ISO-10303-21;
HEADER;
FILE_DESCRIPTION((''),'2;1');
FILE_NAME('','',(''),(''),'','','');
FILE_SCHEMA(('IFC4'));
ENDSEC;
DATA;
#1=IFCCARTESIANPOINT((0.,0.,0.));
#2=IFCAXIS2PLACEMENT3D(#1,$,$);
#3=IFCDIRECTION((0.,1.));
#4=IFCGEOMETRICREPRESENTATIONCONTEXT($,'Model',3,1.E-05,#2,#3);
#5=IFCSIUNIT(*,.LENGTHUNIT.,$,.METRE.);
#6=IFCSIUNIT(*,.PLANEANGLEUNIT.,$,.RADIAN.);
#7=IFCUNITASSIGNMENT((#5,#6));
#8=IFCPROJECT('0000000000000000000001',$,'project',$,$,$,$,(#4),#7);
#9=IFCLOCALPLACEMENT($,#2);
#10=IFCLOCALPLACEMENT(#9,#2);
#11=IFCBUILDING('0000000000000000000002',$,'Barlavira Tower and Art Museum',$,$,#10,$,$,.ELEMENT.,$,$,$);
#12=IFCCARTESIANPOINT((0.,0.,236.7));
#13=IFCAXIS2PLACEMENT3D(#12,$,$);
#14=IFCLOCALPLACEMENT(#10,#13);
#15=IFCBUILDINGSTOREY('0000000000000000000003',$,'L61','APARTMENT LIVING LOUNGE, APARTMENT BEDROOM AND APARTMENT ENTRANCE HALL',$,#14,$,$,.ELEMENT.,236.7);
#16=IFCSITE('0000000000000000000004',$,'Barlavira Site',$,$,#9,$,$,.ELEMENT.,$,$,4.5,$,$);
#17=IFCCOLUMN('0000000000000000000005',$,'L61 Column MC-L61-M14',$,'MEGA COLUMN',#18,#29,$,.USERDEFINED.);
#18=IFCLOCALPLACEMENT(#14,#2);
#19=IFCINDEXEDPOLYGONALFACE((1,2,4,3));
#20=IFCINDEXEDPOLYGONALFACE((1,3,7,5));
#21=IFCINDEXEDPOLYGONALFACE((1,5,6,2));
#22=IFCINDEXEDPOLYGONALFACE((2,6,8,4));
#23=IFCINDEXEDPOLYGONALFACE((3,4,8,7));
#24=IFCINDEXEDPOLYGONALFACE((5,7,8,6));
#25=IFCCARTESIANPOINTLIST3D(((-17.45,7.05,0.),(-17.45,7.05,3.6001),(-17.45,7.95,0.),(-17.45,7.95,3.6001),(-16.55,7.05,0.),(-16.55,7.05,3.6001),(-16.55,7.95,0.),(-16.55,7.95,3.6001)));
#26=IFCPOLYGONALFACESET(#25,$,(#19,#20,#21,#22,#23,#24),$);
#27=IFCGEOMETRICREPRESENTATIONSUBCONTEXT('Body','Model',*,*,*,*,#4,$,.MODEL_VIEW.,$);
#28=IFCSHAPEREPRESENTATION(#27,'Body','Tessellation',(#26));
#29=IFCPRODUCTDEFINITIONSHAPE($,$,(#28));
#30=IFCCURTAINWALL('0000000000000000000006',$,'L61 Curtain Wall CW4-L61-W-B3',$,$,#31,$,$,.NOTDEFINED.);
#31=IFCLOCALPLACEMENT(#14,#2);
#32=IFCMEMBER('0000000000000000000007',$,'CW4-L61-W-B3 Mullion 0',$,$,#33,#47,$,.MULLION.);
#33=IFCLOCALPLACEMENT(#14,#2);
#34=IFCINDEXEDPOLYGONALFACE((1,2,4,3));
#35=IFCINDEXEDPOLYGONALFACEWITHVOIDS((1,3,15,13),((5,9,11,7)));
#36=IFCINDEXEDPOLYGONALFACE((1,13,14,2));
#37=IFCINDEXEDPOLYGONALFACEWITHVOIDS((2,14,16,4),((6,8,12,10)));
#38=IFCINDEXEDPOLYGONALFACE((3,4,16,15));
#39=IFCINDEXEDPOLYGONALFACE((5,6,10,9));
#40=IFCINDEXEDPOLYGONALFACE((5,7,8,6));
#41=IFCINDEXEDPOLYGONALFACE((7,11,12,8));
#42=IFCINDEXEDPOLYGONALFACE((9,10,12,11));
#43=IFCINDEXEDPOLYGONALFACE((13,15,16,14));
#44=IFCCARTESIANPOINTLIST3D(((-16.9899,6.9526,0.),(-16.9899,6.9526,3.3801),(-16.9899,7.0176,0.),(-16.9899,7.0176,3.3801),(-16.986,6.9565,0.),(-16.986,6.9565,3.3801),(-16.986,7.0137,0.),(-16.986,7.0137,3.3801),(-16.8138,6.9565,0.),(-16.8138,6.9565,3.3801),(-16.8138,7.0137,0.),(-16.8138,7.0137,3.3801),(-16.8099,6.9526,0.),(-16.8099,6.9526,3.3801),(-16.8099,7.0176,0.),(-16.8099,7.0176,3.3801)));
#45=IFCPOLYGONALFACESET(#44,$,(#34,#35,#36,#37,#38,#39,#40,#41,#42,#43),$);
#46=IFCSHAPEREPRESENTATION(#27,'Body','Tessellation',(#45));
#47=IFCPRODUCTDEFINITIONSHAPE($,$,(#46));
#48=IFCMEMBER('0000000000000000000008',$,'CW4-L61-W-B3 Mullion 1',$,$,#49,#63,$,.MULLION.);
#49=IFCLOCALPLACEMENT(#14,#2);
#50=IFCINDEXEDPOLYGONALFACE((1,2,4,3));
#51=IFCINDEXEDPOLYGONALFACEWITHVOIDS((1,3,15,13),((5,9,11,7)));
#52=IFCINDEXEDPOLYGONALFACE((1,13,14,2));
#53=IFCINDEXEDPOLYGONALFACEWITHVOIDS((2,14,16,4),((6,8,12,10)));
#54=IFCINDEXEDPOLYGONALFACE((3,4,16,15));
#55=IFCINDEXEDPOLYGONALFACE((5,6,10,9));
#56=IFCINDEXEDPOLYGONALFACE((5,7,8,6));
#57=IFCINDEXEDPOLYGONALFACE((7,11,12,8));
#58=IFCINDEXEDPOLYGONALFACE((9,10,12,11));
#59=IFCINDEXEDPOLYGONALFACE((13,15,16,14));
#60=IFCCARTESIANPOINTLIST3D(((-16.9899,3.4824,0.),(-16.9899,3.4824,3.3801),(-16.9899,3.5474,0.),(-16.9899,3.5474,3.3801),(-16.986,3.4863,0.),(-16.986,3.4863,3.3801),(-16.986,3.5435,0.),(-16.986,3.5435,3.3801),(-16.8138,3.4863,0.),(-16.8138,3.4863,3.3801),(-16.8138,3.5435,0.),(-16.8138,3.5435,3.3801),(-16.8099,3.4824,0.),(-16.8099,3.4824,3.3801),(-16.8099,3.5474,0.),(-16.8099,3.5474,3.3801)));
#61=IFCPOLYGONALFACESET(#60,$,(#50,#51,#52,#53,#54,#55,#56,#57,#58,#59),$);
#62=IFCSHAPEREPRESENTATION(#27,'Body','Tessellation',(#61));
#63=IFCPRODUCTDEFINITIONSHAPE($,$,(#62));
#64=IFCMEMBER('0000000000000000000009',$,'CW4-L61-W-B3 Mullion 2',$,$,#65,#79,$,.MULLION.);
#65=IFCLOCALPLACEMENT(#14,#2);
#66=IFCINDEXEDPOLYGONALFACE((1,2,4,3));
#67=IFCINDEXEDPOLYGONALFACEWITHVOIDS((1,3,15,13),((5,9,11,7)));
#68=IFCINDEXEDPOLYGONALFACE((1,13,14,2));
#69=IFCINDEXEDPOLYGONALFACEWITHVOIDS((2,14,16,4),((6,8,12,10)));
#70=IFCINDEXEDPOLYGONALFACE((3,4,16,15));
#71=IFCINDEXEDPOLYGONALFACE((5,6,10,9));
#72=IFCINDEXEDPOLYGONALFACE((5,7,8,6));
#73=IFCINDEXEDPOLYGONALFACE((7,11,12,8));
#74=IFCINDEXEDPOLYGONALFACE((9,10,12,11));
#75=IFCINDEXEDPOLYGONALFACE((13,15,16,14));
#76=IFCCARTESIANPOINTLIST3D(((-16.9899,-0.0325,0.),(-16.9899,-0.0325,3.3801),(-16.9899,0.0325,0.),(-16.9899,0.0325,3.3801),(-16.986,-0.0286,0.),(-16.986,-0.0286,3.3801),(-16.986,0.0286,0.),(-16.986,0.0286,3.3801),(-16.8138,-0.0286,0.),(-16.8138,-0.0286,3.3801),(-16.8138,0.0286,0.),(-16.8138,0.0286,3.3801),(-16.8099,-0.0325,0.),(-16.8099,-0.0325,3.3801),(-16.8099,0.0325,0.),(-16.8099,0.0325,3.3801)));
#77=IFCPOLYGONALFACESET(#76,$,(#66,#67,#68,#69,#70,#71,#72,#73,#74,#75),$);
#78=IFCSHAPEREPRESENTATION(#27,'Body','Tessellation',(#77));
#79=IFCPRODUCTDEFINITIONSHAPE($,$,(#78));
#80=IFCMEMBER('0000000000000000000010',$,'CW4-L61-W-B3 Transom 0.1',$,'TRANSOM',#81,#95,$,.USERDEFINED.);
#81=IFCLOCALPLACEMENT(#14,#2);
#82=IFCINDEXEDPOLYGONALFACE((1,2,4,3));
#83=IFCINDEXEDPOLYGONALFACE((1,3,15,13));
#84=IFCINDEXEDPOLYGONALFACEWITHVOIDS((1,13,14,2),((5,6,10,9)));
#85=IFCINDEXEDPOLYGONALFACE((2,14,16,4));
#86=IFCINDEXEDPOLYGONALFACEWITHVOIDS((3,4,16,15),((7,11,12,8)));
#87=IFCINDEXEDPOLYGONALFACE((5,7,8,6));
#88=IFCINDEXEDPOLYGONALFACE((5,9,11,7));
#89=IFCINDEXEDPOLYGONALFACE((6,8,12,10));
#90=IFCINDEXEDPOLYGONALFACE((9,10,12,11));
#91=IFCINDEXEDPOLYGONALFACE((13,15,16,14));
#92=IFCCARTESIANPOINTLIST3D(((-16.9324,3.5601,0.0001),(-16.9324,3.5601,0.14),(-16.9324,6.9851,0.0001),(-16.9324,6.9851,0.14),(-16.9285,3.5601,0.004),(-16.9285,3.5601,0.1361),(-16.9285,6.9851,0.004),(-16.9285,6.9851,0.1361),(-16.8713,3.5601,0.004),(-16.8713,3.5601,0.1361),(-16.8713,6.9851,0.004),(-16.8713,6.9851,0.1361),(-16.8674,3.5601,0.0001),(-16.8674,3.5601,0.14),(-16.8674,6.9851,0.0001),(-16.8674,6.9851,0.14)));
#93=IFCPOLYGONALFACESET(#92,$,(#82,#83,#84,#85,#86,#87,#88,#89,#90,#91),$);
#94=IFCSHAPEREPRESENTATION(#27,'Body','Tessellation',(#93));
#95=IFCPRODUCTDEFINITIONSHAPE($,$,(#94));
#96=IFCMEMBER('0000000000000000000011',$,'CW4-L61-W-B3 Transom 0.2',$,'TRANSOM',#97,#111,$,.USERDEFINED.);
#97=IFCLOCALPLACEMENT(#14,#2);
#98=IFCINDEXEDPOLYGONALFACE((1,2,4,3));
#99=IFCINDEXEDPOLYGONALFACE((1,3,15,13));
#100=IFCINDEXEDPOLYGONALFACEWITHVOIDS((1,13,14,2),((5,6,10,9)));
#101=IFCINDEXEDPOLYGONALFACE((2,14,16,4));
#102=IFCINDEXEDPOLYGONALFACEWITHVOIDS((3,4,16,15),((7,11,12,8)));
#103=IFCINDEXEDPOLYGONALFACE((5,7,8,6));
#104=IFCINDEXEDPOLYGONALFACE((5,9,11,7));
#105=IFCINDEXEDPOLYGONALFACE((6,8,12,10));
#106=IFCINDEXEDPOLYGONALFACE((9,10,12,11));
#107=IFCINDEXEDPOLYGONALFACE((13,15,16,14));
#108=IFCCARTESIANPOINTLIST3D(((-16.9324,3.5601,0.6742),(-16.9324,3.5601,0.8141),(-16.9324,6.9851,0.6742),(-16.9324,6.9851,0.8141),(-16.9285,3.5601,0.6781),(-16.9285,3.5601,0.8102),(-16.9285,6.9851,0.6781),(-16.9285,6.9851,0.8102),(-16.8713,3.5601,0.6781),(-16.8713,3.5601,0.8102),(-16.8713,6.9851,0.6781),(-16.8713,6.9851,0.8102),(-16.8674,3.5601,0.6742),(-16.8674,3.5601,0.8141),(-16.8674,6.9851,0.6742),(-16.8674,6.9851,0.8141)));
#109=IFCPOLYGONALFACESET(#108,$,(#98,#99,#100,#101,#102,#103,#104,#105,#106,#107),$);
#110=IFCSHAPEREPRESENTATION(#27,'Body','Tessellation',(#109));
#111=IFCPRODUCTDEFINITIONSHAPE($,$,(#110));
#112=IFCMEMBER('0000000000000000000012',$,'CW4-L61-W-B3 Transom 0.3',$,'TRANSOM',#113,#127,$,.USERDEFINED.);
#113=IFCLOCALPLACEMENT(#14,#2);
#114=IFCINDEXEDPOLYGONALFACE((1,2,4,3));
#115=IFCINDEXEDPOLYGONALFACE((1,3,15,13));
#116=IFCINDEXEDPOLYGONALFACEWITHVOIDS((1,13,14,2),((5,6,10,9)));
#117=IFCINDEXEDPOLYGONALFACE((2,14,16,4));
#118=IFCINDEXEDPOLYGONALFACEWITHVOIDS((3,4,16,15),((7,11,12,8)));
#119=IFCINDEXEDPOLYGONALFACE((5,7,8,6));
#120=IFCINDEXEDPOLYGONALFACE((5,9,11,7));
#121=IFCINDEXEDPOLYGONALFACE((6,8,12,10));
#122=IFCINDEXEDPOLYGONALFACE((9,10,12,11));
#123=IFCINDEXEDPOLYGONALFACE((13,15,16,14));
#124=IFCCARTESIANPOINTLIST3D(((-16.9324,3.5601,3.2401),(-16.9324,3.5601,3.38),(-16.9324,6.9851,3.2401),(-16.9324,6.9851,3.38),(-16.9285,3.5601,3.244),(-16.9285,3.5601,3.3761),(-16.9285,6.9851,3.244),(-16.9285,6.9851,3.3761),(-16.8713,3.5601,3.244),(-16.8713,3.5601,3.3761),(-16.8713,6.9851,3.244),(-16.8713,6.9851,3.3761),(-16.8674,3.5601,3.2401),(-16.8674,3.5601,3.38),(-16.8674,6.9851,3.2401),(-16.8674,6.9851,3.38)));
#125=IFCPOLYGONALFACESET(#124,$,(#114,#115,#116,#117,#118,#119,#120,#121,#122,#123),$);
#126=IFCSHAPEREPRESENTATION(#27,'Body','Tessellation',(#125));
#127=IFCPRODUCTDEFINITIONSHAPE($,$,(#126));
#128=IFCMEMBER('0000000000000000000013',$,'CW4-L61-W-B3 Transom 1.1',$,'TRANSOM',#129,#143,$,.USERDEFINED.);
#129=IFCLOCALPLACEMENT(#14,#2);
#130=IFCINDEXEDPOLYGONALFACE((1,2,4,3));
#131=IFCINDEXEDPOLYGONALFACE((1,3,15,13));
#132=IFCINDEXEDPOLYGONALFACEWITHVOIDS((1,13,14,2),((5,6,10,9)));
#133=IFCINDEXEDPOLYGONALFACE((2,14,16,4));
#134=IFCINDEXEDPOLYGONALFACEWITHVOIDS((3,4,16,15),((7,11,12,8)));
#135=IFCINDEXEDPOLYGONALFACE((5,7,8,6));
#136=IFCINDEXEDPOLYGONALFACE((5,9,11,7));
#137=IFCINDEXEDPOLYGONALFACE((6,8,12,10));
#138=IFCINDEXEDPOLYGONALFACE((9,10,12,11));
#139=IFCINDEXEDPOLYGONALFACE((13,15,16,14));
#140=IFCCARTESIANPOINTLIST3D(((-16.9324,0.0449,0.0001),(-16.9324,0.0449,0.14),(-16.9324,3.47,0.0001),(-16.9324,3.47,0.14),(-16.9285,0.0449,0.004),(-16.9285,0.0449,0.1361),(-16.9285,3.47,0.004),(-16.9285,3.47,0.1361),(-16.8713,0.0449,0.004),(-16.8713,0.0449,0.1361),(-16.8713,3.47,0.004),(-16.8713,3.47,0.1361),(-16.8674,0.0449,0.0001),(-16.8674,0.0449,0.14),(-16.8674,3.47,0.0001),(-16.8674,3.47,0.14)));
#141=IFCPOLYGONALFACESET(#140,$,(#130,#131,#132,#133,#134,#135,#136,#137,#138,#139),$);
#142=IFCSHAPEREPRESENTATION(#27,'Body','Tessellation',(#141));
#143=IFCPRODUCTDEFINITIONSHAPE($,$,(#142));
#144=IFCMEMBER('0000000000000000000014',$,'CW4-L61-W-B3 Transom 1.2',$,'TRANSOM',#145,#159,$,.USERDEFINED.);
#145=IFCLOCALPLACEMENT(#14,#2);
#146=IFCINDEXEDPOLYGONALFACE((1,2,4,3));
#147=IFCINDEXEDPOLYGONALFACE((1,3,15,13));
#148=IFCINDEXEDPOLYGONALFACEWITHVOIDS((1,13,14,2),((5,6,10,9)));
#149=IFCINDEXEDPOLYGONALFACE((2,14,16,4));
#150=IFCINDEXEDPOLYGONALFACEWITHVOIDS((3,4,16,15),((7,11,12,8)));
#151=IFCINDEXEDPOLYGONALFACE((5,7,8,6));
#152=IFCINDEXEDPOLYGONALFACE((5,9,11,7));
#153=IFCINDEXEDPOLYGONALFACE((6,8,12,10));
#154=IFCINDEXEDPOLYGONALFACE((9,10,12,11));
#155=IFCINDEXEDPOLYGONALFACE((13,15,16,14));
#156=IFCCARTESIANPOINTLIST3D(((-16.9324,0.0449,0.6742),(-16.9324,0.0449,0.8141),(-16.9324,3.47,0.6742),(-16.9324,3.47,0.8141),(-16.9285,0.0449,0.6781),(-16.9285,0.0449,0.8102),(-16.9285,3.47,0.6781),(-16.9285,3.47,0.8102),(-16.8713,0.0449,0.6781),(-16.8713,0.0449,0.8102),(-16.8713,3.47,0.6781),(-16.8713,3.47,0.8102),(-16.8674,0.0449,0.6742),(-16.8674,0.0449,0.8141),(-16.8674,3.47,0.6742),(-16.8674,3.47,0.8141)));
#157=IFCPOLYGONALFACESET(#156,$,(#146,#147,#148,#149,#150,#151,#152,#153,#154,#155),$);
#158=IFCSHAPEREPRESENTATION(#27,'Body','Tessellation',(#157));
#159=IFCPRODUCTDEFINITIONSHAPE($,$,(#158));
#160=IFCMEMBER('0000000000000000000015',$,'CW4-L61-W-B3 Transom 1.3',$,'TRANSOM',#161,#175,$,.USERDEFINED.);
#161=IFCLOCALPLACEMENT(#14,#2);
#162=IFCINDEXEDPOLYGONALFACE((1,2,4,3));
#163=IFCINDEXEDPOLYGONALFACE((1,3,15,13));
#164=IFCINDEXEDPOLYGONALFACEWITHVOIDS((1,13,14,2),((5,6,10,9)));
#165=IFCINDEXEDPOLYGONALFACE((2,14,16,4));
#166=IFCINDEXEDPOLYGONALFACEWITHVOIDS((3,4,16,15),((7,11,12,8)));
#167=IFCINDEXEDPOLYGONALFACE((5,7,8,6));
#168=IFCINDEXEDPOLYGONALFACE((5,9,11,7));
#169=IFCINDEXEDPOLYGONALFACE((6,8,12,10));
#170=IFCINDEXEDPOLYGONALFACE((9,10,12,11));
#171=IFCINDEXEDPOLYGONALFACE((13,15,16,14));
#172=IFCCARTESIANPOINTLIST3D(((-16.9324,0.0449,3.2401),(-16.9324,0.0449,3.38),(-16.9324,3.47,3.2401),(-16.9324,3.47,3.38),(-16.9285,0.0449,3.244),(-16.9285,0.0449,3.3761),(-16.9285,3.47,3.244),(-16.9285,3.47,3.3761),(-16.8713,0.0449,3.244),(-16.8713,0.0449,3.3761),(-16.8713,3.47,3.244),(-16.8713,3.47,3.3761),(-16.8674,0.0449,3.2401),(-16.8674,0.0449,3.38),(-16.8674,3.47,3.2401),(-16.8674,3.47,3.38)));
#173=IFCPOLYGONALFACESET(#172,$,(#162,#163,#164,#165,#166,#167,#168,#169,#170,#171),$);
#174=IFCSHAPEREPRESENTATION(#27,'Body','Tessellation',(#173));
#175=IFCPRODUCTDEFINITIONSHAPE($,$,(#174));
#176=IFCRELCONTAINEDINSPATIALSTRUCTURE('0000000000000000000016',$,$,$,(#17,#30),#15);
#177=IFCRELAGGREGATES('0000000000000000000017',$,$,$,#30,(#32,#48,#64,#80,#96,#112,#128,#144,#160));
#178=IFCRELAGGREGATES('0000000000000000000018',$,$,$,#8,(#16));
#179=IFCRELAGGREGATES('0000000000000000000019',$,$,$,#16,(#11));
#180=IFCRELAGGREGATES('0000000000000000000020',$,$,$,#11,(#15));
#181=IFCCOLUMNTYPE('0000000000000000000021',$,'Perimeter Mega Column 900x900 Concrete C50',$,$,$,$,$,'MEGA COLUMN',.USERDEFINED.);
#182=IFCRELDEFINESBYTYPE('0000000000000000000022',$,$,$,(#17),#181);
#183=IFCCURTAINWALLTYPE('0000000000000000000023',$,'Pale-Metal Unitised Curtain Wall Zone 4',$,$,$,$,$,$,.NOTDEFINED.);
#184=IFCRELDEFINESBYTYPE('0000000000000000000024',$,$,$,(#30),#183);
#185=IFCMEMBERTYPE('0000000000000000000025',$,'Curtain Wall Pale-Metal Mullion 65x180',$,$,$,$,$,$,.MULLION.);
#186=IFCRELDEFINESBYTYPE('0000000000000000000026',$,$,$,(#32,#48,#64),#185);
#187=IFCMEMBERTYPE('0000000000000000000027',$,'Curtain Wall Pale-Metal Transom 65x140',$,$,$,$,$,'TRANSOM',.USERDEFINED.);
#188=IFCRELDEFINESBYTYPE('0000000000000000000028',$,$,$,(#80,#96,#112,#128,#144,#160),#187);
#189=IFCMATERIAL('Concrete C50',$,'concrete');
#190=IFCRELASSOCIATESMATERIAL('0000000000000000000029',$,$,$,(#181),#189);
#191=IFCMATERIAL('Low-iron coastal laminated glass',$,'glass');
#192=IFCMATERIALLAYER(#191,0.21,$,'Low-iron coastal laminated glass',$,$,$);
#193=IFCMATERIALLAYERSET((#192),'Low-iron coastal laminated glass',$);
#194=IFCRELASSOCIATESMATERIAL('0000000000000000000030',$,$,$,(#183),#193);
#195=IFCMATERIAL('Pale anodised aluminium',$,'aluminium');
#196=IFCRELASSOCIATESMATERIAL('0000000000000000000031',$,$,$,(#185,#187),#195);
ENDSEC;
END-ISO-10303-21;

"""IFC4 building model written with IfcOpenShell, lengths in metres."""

from ifc_helpers import new_model, si_unit, direction, frame, origin, origin_2d, place, context, subcontext, project, spatial, rectangle, hollow_rectangle, extrude, material, layer, layer_set, material_profile, profile_set, type_object, element, aggregate, save


model = new_model("IFC4")

# Units and contexts
model_context = context("Model", 3, precision=1e-05, world=origin(), true_north=direction((0.0, 1.0)))
body_context = subcontext(model_context, "Body", "Model", "MODEL_VIEW")
ifc_project = project(units=[si_unit("LENGTHUNIT", "METRE"), si_unit("PLANEANGLEUNIT", "RADIAN")], contexts=[model_context])

# Site, building, storey
site_placement = place(None, origin())
site = spatial("IfcSite", under=ifc_project, at=site_placement, Name="Barlavira Site", CompositionType="ELEMENT", RefElevation=4.5)
building_placement = place(site_placement, origin())
building = spatial("IfcBuilding", under=site, at=building_placement, Name="Barlavira Tower and Art Museum", CompositionType="ELEMENT")
storey_placement = place(building_placement, frame((0.0, 0.0, 236.7)))
storey = spatial("IfcBuildingStorey", under=building, at=storey_placement, Name="L61", Description="APARTMENT LIVING LOUNGE, APARTMENT BEDROOM AND APARTMENT ENTRANCE HALL", CompositionType="ELEMENT", Elevation=236.7)

# Column
ifc_material_1 = material(Name="Concrete C50", Category="concrete")
ifc_material_profile_1 = material_profile(ifc_material_1, rectangle(XDim=0.8999, YDim=0.8999, at=origin_2d()), Name="RC-COL 900x900")
ifc_profile_set_1 = profile_set([ifc_material_profile_1], Name="Concrete C50")
column_type = type_object("IfcColumnType", Name="Perimeter Mega Column 900x900 Concrete C50", ElementType="MEGA COLUMN", PredefinedType="USERDEFINED", material=ifc_profile_set_1)
column_placement = place(storey_placement, frame((-17.0, 7.5, 0.0), z_axis=(0.0, 0.0, 1.0), x_axis=(1.0, 0.0, 0.0)))
element("IfcColumn", 1, at=column_placement, inside=storey, type_object=column_type, Name="L61 Column MC-L61-M14", ObjectType="MEGA COLUMN", PredefinedType="USERDEFINED", context=body_context, shape_type="SweptSolid", body=[
    extrude(rectangle(XDim=0.8999, YDim=0.8999, at=origin_2d()), origin(), (0.0, 0.0, 1.0), 3.6001),
])

# Curtain wall, members
ifc_material_2 = material(Name="Low-iron coastal laminated glass", Category="glass")
ifc_layer_1 = layer(ifc_material_2, 0.21, Name="Low-iron coastal laminated glass")
ifc_layer_set_1 = layer_set([ifc_layer_1], Name="Low-iron coastal laminated glass")
curtain_wall_type = type_object("IfcCurtainWallType", Name="Pale-Metal Unitised Curtain Wall Zone 4", PredefinedType="NOTDEFINED", material=ifc_layer_set_1)
curtain_wall_placement = place(storey_placement, origin())
curtain_wall = element("IfcCurtainWall", 2, at=curtain_wall_placement, inside=storey, type_object=curtain_wall_type, Name="L61 Curtain Wall CW4-L61-W-B3", PredefinedType="NOTDEFINED")
ifc_material_3 = material(Name="Pale anodised aluminium", Category="aluminium")
ifc_material_profile_2 = material_profile(ifc_material_3, hollow_rectangle(XDim=0.0649, YDim=0.1799, WallThickness=0.0039, at=origin_2d()), Name="ALU-MULL 65x180x4")
ifc_profile_set_2 = profile_set([ifc_material_profile_2], Name="Pale anodised aluminium")
member_type_1 = type_object("IfcMemberType", Name="Curtain Wall Pale-Metal Mullion 65x180", PredefinedType="MULLION", material=ifc_profile_set_2)
member_1_placement = place(storey_placement, frame((-16.8999, 6.9851, 0.0), z_axis=(0.0, 0.0, 1.0), x_axis=(0.0, -1.0, 0.0)))
member_1 = element("IfcMember", 3, at=member_1_placement, type_object=member_type_1, Name="CW4-L61-W-B3 Mullion 0", PredefinedType="MULLION", context=body_context, shape_type="SweptSolid", body=[
    extrude(hollow_rectangle(XDim=0.0649, YDim=0.1799, WallThickness=0.0039, at=origin_2d()), origin(), (0.0, 0.0, 1.0), 3.3801),
])
member_2_placement = place(storey_placement, frame((-16.8999, 3.5149, 0.0), z_axis=(0.0, 0.0, 1.0), x_axis=(0.0, -1.0, 0.0)))
member_2 = element("IfcMember", 4, at=member_2_placement, type_object=member_type_1, Name="CW4-L61-W-B3 Mullion 1", PredefinedType="MULLION", context=body_context, shape_type="SweptSolid", body=[
    extrude(hollow_rectangle(XDim=0.0649, YDim=0.1799, WallThickness=0.0039, at=origin_2d()), origin(), (0.0, 0.0, 1.0), 3.3801),
])
member_3_placement = place(storey_placement, frame((-16.8999, 0.0, 0.0), z_axis=(0.0, 0.0, 1.0), x_axis=(0.0, -1.0, 0.0)))
member_3 = element("IfcMember", 5, at=member_3_placement, type_object=member_type_1, Name="CW4-L61-W-B3 Mullion 2", PredefinedType="MULLION", context=body_context, shape_type="SweptSolid", body=[
    extrude(hollow_rectangle(XDim=0.0649, YDim=0.1799, WallThickness=0.0039, at=origin_2d()), origin(), (0.0, 0.0, 1.0), 3.3801),
])
ifc_material_profile_3 = material_profile(ifc_material_3, hollow_rectangle(XDim=0.0649, YDim=0.1399, WallThickness=0.0039, at=origin_2d()), Name="ALU-TRAN 65x140x4")
ifc_profile_set_3 = profile_set([ifc_material_profile_3], Name="Pale anodised aluminium")
member_type_2 = type_object("IfcMemberType", Name="Curtain Wall Pale-Metal Transom 65x140", ElementType="TRANSOM", PredefinedType="USERDEFINED", material=ifc_profile_set_3)
member_4_placement = place(storey_placement, frame((-16.8999, 6.9851, 0.0701), z_axis=(0.0, -1.0, 0.0), x_axis=(1.0, 0.0, 0.0)))
member_4 = element("IfcMember", 6, at=member_4_placement, type_object=member_type_2, Name="CW4-L61-W-B3 Transom 0.1", ObjectType="TRANSOM", PredefinedType="USERDEFINED", context=body_context, shape_type="SweptSolid", body=[
    extrude(hollow_rectangle(XDim=0.0649, YDim=0.1399, WallThickness=0.0039, at=origin_2d()), origin(), (0.0, 0.0, 1.0), 3.425),
])
member_5_placement = place(storey_placement, frame((-16.8999, 6.9851, 0.7441), z_axis=(0.0, -1.0, 0.0), x_axis=(1.0, 0.0, 0.0)))
member_5 = element("IfcMember", 7, at=member_5_placement, type_object=member_type_2, Name="CW4-L61-W-B3 Transom 0.2", ObjectType="TRANSOM", PredefinedType="USERDEFINED", context=body_context, shape_type="SweptSolid", body=[
    extrude(hollow_rectangle(XDim=0.0649, YDim=0.1399, WallThickness=0.0039, at=origin_2d()), origin(), (0.0, 0.0, 1.0), 3.425),
])
member_6_placement = place(storey_placement, frame((-16.8999, 6.9851, 3.3101), z_axis=(0.0, -1.0, 0.0), x_axis=(1.0, 0.0, 0.0)))
member_6 = element("IfcMember", 8, at=member_6_placement, type_object=member_type_2, Name="CW4-L61-W-B3 Transom 0.3", ObjectType="TRANSOM", PredefinedType="USERDEFINED", context=body_context, shape_type="SweptSolid", body=[
    extrude(hollow_rectangle(XDim=0.0649, YDim=0.1399, WallThickness=0.0039, at=origin_2d()), origin(), (0.0, 0.0, 1.0), 3.425),
])
member_7_placement = place(storey_placement, frame((-16.8999, 3.47, 0.0701), z_axis=(0.0, -1.0, 0.0), x_axis=(1.0, 0.0, 0.0)))
member_7 = element("IfcMember", 9, at=member_7_placement, type_object=member_type_2, Name="CW4-L61-W-B3 Transom 1.1", ObjectType="TRANSOM", PredefinedType="USERDEFINED", context=body_context, shape_type="SweptSolid", body=[
    extrude(hollow_rectangle(XDim=0.0649, YDim=0.1399, WallThickness=0.0039, at=origin_2d()), origin(), (0.0, 0.0, 1.0), 3.425),
])
member_8_placement = place(storey_placement, frame((-16.8999, 3.47, 0.7441), z_axis=(0.0, -1.0, 0.0), x_axis=(1.0, 0.0, 0.0)))
member_8 = element("IfcMember", 10, at=member_8_placement, type_object=member_type_2, Name="CW4-L61-W-B3 Transom 1.2", ObjectType="TRANSOM", PredefinedType="USERDEFINED", context=body_context, shape_type="SweptSolid", body=[
    extrude(hollow_rectangle(XDim=0.0649, YDim=0.1399, WallThickness=0.0039, at=origin_2d()), origin(), (0.0, 0.0, 1.0), 3.425),
])
member_9_placement = place(storey_placement, frame((-16.8999, 3.47, 3.3101), z_axis=(0.0, -1.0, 0.0), x_axis=(1.0, 0.0, 0.0)))
member_9 = element("IfcMember", 11, at=member_9_placement, type_object=member_type_2, Name="CW4-L61-W-B3 Transom 1.3", ObjectType="TRANSOM", PredefinedType="USERDEFINED", context=body_context, shape_type="SweptSolid", body=[
    extrude(hollow_rectangle(XDim=0.0649, YDim=0.1399, WallThickness=0.0039, at=origin_2d()), origin(), (0.0, 0.0, 1.0), 3.425),
])

aggregate(curtain_wall, [member_1, member_2, member_3, member_4, member_5, member_6, member_7, member_8, member_9])

save(model, "model.ifc")
